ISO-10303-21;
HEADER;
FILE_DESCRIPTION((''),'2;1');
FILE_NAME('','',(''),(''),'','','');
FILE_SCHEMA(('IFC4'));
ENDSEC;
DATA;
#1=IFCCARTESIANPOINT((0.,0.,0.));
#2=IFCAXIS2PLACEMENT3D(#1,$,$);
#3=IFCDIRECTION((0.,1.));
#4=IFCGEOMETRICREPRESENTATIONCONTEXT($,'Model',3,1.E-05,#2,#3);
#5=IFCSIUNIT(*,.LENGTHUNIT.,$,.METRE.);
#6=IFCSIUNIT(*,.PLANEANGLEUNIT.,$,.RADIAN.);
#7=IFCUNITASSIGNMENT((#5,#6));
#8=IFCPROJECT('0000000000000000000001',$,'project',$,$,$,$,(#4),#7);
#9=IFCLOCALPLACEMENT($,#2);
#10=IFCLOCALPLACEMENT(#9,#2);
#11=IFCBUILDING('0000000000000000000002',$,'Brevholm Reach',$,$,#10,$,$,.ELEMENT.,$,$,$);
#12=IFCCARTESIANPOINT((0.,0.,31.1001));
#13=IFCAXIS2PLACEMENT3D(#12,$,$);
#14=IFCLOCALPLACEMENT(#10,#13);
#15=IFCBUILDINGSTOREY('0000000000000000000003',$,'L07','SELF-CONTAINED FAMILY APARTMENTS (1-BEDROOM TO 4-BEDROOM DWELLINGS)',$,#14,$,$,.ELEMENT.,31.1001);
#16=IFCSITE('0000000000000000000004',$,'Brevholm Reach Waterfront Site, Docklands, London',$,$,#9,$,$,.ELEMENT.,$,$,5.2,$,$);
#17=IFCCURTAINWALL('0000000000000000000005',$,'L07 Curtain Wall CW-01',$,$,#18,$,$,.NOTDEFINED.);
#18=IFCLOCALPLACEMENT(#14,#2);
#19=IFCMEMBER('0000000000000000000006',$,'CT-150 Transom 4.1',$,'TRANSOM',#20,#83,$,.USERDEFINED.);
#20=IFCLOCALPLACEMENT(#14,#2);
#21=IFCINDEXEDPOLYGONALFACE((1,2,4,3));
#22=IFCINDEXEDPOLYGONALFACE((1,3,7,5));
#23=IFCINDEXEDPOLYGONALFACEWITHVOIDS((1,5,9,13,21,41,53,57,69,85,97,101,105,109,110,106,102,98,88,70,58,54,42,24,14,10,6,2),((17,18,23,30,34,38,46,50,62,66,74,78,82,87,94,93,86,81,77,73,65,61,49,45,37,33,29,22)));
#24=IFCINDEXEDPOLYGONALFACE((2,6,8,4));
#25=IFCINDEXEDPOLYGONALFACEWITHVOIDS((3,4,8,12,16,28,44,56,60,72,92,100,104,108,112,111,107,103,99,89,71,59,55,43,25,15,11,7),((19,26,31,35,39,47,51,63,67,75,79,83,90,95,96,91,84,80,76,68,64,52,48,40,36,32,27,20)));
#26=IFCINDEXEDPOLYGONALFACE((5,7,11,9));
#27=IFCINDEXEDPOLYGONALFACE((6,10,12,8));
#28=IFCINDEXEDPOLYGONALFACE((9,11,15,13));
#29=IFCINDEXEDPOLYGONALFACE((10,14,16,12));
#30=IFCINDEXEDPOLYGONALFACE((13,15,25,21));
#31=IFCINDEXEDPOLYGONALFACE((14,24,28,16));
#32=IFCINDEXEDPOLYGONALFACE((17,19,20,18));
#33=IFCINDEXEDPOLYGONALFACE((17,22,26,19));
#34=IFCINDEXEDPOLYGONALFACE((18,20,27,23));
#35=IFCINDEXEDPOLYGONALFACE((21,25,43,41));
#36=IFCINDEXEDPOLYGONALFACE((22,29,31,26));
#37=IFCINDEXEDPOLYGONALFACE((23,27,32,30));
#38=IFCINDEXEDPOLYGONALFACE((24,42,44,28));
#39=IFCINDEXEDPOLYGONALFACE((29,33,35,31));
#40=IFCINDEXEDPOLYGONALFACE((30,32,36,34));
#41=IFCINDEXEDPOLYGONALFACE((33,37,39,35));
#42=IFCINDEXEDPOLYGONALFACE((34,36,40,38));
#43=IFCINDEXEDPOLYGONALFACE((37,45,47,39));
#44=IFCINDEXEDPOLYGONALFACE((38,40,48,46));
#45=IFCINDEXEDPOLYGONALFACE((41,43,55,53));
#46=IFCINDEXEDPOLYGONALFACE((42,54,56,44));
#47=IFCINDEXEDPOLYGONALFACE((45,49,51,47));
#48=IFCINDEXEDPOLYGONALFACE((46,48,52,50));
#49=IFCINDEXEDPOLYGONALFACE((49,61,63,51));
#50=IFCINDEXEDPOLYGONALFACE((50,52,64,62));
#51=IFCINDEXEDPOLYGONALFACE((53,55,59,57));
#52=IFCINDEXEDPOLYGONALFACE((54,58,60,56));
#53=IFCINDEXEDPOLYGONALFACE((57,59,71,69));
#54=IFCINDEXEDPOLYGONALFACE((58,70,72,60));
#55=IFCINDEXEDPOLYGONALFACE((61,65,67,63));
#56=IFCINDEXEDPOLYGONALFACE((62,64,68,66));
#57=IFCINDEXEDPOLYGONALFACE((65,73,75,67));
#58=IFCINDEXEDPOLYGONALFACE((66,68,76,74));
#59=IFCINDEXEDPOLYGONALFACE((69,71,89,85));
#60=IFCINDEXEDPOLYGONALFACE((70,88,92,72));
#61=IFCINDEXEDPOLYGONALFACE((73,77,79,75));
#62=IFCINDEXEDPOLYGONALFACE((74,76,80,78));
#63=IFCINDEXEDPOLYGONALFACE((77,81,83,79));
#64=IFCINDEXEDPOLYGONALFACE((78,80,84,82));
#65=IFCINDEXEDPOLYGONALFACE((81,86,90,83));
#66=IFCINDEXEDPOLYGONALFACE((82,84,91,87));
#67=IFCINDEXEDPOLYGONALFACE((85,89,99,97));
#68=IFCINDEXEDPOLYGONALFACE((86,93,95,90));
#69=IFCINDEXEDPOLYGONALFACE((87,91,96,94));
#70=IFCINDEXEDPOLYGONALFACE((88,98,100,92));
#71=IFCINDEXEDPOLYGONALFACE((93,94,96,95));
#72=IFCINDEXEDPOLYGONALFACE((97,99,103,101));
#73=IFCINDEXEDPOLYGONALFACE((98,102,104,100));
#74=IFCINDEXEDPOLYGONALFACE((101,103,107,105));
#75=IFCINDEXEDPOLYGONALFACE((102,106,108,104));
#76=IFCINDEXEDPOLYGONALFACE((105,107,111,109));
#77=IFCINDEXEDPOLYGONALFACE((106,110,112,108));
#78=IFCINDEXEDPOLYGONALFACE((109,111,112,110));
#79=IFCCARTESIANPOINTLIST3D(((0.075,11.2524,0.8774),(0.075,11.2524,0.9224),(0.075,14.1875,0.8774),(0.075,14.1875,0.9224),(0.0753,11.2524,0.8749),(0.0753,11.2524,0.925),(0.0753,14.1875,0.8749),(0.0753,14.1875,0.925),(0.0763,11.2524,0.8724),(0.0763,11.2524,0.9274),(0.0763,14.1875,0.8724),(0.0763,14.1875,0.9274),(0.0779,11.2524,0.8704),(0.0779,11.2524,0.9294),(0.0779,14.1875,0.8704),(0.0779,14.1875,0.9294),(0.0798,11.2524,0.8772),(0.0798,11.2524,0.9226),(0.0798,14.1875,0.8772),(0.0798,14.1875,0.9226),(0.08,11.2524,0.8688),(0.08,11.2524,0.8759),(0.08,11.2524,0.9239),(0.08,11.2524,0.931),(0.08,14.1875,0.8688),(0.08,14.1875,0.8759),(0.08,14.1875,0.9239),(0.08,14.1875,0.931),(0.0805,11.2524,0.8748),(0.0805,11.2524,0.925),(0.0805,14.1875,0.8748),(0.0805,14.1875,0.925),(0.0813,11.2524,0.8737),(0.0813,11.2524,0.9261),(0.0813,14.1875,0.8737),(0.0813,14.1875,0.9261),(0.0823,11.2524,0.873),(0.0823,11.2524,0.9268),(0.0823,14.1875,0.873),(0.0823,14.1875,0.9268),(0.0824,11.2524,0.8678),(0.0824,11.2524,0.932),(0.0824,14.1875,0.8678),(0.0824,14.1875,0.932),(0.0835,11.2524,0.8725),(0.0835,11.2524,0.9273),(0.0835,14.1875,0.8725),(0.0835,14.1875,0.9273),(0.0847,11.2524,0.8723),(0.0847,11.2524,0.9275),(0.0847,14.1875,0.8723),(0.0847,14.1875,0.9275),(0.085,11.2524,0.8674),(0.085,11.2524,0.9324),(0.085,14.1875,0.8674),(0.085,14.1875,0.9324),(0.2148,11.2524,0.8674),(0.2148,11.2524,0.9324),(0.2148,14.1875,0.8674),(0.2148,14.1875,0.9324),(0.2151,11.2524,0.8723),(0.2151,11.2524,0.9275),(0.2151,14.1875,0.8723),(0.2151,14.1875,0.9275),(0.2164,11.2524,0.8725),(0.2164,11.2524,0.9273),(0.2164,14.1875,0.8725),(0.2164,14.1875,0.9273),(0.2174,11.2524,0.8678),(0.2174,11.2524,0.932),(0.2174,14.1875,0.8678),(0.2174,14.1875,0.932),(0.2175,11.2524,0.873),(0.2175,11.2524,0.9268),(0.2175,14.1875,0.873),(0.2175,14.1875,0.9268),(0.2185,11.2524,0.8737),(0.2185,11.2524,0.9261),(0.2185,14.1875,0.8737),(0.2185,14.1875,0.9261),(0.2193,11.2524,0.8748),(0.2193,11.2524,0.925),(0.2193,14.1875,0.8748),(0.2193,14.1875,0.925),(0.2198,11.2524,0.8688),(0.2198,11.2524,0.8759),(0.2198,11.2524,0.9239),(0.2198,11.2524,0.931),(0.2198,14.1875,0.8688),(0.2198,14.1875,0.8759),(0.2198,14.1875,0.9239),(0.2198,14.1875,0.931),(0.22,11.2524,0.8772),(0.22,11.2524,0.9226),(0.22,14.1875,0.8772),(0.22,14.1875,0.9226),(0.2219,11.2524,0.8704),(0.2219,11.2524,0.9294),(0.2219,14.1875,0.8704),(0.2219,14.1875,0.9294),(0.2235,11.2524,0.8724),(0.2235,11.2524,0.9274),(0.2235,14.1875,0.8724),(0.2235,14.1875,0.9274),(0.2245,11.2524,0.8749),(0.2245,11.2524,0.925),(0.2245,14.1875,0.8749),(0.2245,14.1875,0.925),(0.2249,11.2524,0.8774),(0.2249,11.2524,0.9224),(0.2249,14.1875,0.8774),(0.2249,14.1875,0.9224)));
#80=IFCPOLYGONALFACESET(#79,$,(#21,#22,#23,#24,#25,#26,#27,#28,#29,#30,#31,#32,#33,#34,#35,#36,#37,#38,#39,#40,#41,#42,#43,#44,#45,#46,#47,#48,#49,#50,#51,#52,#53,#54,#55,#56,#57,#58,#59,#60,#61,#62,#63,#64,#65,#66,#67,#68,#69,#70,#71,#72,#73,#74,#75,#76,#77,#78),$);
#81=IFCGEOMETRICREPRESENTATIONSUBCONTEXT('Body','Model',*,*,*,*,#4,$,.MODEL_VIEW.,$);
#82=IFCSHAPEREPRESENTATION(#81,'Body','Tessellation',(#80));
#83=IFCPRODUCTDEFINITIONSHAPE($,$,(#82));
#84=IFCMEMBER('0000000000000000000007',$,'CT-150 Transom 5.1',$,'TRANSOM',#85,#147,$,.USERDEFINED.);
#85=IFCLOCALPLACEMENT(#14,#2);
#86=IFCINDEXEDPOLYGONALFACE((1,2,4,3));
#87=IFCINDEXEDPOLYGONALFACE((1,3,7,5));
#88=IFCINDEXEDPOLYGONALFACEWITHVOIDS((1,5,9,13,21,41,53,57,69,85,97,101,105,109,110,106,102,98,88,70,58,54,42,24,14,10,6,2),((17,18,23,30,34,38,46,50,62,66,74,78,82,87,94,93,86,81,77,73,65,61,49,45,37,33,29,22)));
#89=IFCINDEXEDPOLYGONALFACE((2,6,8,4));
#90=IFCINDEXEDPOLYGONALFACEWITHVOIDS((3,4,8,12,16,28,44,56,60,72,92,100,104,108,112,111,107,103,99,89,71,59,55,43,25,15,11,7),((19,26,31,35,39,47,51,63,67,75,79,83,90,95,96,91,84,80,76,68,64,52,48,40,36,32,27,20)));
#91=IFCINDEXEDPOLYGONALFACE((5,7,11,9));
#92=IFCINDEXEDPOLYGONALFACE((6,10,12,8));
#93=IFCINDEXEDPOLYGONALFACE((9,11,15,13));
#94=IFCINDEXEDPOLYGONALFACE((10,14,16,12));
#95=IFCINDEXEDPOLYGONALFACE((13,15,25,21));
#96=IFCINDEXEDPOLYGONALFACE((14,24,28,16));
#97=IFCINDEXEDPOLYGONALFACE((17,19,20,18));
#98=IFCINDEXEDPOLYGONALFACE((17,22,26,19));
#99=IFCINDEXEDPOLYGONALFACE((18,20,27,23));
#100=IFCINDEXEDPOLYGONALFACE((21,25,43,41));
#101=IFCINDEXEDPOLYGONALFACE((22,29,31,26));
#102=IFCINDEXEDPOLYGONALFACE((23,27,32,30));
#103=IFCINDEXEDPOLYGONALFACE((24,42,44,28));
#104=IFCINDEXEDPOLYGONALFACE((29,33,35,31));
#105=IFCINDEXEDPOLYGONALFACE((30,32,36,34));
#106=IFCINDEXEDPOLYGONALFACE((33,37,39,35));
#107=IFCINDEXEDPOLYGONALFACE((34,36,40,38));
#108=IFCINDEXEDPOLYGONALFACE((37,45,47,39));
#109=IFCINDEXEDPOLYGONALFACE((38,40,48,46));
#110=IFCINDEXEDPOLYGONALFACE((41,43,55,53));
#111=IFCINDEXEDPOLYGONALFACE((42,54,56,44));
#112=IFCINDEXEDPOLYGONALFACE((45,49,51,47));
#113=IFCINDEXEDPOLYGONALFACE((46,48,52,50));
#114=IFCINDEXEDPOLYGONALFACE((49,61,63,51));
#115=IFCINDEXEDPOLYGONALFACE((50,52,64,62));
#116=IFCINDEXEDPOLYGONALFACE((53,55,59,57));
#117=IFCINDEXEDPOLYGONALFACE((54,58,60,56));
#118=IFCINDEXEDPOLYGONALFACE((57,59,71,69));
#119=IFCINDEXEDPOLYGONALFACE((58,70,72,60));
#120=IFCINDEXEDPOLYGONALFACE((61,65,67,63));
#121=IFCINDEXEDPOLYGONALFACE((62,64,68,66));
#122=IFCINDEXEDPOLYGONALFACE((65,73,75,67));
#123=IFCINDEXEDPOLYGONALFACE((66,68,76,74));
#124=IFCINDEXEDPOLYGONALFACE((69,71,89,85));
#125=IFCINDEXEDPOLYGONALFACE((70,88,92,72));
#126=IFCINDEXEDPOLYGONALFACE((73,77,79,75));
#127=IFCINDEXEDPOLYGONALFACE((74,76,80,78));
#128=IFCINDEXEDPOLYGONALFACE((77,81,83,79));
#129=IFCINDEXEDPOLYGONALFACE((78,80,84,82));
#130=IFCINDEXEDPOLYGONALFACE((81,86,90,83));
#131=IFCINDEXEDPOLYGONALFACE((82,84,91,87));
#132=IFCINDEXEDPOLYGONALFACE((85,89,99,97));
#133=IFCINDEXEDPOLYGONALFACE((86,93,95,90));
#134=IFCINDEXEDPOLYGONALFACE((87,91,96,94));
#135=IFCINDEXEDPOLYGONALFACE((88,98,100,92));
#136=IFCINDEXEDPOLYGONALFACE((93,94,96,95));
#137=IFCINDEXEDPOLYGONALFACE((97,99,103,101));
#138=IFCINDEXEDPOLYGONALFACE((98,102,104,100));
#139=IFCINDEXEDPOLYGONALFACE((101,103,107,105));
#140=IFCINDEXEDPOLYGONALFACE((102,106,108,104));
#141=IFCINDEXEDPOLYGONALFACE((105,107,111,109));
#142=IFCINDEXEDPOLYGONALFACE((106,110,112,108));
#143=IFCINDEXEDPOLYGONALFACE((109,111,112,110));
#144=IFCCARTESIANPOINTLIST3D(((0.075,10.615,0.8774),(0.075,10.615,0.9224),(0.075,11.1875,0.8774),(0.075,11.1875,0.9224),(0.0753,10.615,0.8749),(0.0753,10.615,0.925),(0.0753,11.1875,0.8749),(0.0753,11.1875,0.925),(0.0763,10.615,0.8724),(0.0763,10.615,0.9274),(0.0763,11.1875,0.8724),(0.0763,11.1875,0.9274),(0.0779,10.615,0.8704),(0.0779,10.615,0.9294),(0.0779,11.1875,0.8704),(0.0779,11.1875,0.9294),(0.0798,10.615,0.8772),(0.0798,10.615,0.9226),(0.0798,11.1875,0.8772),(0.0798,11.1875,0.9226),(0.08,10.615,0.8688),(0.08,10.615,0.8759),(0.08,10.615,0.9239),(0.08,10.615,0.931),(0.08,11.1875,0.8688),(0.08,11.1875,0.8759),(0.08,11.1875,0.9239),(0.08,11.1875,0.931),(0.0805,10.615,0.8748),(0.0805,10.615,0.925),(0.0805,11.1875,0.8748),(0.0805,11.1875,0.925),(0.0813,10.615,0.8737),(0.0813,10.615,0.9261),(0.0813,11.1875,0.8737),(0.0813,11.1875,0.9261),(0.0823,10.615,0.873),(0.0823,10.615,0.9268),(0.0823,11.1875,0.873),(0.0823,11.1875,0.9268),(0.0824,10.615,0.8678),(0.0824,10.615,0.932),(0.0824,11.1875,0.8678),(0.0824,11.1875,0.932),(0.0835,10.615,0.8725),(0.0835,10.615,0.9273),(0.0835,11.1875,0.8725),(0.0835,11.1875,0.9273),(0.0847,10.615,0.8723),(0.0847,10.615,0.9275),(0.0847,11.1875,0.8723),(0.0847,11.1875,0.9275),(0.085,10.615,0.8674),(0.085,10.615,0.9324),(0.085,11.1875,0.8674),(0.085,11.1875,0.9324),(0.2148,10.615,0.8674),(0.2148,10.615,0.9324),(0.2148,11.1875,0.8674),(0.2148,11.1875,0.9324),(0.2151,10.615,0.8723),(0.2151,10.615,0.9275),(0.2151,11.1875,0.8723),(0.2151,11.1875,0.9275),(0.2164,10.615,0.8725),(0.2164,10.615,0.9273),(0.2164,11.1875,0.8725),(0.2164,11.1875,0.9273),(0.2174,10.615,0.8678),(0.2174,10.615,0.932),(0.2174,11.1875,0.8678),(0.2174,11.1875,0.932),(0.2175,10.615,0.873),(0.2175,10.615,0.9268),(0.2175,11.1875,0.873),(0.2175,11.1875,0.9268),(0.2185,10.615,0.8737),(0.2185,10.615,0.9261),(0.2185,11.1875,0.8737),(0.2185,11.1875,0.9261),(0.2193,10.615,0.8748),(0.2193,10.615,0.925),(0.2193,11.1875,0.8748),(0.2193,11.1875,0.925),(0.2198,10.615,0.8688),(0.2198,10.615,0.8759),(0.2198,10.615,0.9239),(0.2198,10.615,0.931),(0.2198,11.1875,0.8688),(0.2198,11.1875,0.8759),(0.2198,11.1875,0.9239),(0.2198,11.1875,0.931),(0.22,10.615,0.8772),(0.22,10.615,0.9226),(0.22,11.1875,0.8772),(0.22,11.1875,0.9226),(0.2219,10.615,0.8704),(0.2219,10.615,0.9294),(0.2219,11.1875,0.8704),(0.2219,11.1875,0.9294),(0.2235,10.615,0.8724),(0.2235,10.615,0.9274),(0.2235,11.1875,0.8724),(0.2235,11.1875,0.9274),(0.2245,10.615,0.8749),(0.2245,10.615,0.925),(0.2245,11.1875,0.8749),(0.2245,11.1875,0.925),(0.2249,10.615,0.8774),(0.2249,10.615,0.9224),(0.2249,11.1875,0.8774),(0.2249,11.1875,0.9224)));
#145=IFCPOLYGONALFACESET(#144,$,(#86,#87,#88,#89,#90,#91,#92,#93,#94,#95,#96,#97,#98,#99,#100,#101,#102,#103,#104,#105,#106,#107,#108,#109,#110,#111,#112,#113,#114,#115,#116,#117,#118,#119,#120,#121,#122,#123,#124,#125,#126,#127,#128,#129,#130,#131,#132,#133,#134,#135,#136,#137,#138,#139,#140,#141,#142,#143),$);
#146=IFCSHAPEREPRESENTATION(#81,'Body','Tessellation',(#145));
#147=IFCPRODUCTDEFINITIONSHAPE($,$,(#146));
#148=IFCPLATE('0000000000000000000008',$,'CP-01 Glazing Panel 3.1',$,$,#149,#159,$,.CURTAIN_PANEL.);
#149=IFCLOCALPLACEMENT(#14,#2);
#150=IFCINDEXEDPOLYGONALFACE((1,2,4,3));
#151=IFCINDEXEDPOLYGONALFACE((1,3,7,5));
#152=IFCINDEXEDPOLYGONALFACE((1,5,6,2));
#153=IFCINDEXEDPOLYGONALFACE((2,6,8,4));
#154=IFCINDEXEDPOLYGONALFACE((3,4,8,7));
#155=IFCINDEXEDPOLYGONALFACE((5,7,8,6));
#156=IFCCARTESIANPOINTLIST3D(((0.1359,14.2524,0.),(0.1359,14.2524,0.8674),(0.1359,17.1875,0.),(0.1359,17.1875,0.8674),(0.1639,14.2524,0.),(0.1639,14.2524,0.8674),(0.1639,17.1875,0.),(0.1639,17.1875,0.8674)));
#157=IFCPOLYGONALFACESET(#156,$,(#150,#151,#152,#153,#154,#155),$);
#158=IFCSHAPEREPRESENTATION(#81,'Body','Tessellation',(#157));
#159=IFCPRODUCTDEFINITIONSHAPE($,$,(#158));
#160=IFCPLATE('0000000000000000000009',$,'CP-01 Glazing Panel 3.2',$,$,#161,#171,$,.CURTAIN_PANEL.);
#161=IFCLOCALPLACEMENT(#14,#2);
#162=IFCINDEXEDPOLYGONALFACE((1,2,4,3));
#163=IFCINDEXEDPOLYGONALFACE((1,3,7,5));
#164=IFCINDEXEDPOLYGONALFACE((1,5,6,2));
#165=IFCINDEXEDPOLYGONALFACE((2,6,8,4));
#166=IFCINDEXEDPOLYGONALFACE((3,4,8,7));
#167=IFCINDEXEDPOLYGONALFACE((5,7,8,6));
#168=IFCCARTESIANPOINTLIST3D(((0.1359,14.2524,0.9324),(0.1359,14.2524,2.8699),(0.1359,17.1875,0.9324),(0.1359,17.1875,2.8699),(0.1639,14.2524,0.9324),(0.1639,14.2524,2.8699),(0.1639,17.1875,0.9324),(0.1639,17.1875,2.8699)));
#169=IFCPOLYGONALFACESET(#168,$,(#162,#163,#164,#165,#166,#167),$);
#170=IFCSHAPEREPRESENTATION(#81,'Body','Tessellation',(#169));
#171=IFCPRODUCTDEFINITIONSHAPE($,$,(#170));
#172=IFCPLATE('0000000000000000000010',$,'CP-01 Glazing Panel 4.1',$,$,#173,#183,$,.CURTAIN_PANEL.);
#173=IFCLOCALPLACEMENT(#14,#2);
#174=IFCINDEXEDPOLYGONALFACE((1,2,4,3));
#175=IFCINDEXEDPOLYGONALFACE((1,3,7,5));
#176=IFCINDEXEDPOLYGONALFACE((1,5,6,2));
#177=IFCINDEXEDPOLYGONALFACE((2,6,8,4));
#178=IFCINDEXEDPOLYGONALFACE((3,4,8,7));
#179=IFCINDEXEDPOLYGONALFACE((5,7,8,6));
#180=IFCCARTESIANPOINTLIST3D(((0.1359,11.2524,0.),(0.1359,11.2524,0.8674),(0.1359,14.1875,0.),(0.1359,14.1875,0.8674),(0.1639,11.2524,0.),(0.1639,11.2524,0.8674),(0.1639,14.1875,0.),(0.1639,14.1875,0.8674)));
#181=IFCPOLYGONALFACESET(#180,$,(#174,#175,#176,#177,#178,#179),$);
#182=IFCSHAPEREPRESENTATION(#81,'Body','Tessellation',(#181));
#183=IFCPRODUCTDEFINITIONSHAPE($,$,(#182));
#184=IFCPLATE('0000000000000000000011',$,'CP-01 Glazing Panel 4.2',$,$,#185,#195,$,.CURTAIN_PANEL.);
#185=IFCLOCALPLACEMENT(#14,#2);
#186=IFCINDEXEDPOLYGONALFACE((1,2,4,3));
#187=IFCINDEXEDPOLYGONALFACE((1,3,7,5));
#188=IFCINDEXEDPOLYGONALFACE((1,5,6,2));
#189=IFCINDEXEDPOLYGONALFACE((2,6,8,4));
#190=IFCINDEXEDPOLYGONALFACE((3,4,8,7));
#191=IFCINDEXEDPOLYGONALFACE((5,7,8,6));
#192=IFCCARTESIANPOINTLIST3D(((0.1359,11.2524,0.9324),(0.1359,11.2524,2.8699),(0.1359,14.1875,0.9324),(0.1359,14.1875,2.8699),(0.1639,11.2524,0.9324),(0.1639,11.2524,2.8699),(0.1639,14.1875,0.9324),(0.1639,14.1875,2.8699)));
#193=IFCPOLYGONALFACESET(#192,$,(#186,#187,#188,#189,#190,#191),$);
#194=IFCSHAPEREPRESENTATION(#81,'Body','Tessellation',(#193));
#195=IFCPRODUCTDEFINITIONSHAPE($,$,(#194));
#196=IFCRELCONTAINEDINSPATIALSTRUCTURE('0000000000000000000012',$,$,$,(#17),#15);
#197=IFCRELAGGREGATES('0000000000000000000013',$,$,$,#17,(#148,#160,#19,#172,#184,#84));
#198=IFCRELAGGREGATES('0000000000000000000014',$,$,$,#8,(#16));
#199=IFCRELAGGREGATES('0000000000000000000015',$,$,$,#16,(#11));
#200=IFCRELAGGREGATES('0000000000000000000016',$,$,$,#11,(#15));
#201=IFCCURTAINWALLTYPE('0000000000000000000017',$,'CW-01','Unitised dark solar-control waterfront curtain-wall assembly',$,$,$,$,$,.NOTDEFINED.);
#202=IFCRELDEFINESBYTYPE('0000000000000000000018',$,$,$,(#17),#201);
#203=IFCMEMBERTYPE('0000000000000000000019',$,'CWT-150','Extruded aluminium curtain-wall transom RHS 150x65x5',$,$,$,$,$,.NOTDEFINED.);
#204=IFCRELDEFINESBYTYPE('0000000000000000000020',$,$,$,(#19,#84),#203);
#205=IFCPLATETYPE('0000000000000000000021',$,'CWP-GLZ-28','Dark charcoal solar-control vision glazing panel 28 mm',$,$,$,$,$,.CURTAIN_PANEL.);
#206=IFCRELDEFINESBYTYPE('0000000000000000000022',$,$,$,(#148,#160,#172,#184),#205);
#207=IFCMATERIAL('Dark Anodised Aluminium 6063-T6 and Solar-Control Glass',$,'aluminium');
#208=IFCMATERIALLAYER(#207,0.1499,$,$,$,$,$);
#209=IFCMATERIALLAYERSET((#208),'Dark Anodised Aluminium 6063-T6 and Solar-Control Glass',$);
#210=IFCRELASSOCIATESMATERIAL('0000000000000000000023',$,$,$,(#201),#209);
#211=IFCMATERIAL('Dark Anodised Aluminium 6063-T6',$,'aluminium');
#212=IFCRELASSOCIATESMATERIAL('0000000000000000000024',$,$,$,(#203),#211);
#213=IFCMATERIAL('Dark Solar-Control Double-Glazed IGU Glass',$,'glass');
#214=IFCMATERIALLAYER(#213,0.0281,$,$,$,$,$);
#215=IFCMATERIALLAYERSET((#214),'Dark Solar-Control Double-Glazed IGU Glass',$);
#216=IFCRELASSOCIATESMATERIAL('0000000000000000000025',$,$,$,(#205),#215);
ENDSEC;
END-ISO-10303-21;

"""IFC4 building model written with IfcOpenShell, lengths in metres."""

from ifc_helpers import new_model, si_unit, direction, frame, origin, origin_2d, place, context, subcontext, project, spatial, rectangle, hollow_rectangle, extrude, material, layer, layer_set, material_profile, profile_set, type_object, element, aggregate, save


model = new_model("IFC4")

# Units and contexts
model_context = context("Model", 3, precision=1e-05, world=origin(), true_north=direction((0.0, 1.0)))
body_context = subcontext(model_context, "Body", "Model", "MODEL_VIEW")
ifc_project = project(units=[si_unit("LENGTHUNIT", "METRE"), si_unit("PLANEANGLEUNIT", "RADIAN")], contexts=[model_context])

# Site, building, storey
site_placement = place(None, origin())
site = spatial("IfcSite", under=ifc_project, at=site_placement, Name="Brevholm Reach Waterfront Site, Docklands, London", CompositionType="ELEMENT", RefElevation=5.2)
building_placement = place(site_placement, origin())
building = spatial("IfcBuilding", under=site, at=building_placement, Name="Brevholm Reach", CompositionType="ELEMENT")
storey_placement = place(building_placement, frame((0.0, 0.0, 31.1001)))
storey = spatial("IfcBuildingStorey", under=building, at=storey_placement, Name="L07", Description="SELF-CONTAINED FAMILY APARTMENTS (1-BEDROOM TO 4-BEDROOM DWELLINGS)", CompositionType="ELEMENT", Elevation=31.1001)

# Curtain wall, members, plates
ifc_material_1 = material(Name="Dark Anodised Aluminium 6063-T6 and Solar-Control Glass", Category="aluminium")
ifc_layer_1 = layer(ifc_material_1, 0.1499)
ifc_layer_set_1 = layer_set([ifc_layer_1], Name="Dark Anodised Aluminium 6063-T6 and Solar-Control Glass")
curtain_wall_type = type_object("IfcCurtainWallType", Name="CW-01", Description="Unitised dark solar-control waterfront curtain-wall assembly", PredefinedType="NOTDEFINED", material=ifc_layer_set_1)
curtain_wall_placement = place(storey_placement, origin())
curtain_wall = element("IfcCurtainWall", 1, at=curtain_wall_placement, inside=storey, type_object=curtain_wall_type, Name="L07 Curtain Wall CW-01", PredefinedType="NOTDEFINED")
ifc_material_2 = material(Name="Dark Anodised Aluminium 6063-T6", Category="aluminium")
ifc_material_profile_1 = material_profile(ifc_material_2, hollow_rectangle(XDim=0.0649, YDim=0.1499, WallThickness=0.0049, InnerFilletRadius=0.0049, OuterFilletRadius=0.01, at=origin_2d()), Name="RHS 150x65x5")
ifc_profile_set_1 = profile_set([ifc_material_profile_1], Name="Dark Anodised Aluminium 6063-T6")
member_type_1 = type_object("IfcMemberType", Name="CWT-150", Description="Extruded aluminium curtain-wall transom RHS 150x65x5", PredefinedType="NOTDEFINED", material=ifc_profile_set_1)
member_1_placement = place(storey_placement, frame((0.1499, 14.1875, 0.8999), z_axis=(0.0, -1.0, 0.0), x_axis=(0.0, 0.0, 1.0)))
member_1 = element("IfcMember", 2, at=member_1_placement, type_object=member_type_1, Name="CT-150 Transom 4.1", ObjectType="TRANSOM", PredefinedType="USERDEFINED", context=body_context, shape_type="SweptSolid", body=[
    extrude(hollow_rectangle(XDim=0.0649, YDim=0.1499, WallThickness=0.0049, InnerFilletRadius=0.0049, OuterFilletRadius=0.01, at=origin_2d()), origin(), (0.0, 0.0, 1.0), 2.9351),
])
member_2_placement = place(storey_placement, frame((0.1499, 11.1875, 0.8999), z_axis=(0.0, -1.0, 0.0), x_axis=(0.0, 0.0, 1.0)))
member_2 = element("IfcMember", 3, at=member_2_placement, type_object=member_type_1, Name="CT-150 Transom 5.1", ObjectType="TRANSOM", PredefinedType="USERDEFINED", context=body_context, shape_type="SweptSolid", body=[
    extrude(hollow_rectangle(XDim=0.0649, YDim=0.1499, WallThickness=0.0049, InnerFilletRadius=0.0049, OuterFilletRadius=0.01, at=origin_2d()), origin(), (0.0, 0.0, 1.0), 0.5725),
])
ifc_material_3 = material(Name="Dark Solar-Control Double-Glazed IGU Glass", Category="glass")
ifc_layer_2 = layer(ifc_material_3, 0.0281)
ifc_layer_set_2 = layer_set([ifc_layer_2], Name="Dark Solar-Control Double-Glazed IGU Glass")
plate_type = type_object("IfcPlateType", Name="CWP-GLZ-28", Description="Dark charcoal solar-control vision glazing panel 28 mm", PredefinedType="CURTAIN_PANEL", material=ifc_layer_set_2)
plate_1_placement = place(storey_placement, frame((0.1499, 15.72, 0.0), z_axis=(0.0, 0.0, 1.0), x_axis=(0.0, -1.0, 0.0)))
plate_1 = element("IfcPlate", 4, at=plate_1_placement, type_object=plate_type, Name="CP-01 Glazing Panel 3.1", PredefinedType="CURTAIN_PANEL", context=body_context, shape_type="SweptSolid", body=[
    extrude(rectangle(XDim=2.9351, YDim=0.0281, at=origin_2d()), origin(), (0.0, 0.0, 1.0), 0.8674),
])
plate_2_placement = place(storey_placement, frame((0.1499, 15.72, 0.9324), z_axis=(0.0, 0.0, 1.0), x_axis=(0.0, -1.0, 0.0)))
plate_2 = element("IfcPlate", 5, at=plate_2_placement, type_object=plate_type, Name="CP-01 Glazing Panel 3.2", PredefinedType="CURTAIN_PANEL", context=body_context, shape_type="SweptSolid", body=[
    extrude(rectangle(XDim=2.9351, YDim=0.0281, at=origin_2d()), origin(), (0.0, 0.0, 1.0), 1.9375),
])
plate_3_placement = place(storey_placement, frame((0.1499, 12.72, 0.0), z_axis=(0.0, 0.0, 1.0), x_axis=(0.0, -1.0, 0.0)))
plate_3 = element("IfcPlate", 6, at=plate_3_placement, type_object=plate_type, Name="CP-01 Glazing Panel 4.1", PredefinedType="CURTAIN_PANEL", context=body_context, shape_type="SweptSolid", body=[
    extrude(rectangle(XDim=2.9351, YDim=0.0281, at=origin_2d()), origin(), (0.0, 0.0, 1.0), 0.8674),
])
plate_4_placement = place(storey_placement, frame((0.1499, 12.72, 0.9324), z_axis=(0.0, 0.0, 1.0), x_axis=(0.0, -1.0, 0.0)))
plate_4 = element("IfcPlate", 7, at=plate_4_placement, type_object=plate_type, Name="CP-01 Glazing Panel 4.2", PredefinedType="CURTAIN_PANEL", context=body_context, shape_type="SweptSolid", body=[
    extrude(rectangle(XDim=2.9351, YDim=0.0281, at=origin_2d()), origin(), (0.0, 0.0, 1.0), 1.9375),
])
aggregate(curtain_wall, [plate_1, plate_2, member_1, plate_3, plate_4, member_2])

save(model, "model.ifc")
